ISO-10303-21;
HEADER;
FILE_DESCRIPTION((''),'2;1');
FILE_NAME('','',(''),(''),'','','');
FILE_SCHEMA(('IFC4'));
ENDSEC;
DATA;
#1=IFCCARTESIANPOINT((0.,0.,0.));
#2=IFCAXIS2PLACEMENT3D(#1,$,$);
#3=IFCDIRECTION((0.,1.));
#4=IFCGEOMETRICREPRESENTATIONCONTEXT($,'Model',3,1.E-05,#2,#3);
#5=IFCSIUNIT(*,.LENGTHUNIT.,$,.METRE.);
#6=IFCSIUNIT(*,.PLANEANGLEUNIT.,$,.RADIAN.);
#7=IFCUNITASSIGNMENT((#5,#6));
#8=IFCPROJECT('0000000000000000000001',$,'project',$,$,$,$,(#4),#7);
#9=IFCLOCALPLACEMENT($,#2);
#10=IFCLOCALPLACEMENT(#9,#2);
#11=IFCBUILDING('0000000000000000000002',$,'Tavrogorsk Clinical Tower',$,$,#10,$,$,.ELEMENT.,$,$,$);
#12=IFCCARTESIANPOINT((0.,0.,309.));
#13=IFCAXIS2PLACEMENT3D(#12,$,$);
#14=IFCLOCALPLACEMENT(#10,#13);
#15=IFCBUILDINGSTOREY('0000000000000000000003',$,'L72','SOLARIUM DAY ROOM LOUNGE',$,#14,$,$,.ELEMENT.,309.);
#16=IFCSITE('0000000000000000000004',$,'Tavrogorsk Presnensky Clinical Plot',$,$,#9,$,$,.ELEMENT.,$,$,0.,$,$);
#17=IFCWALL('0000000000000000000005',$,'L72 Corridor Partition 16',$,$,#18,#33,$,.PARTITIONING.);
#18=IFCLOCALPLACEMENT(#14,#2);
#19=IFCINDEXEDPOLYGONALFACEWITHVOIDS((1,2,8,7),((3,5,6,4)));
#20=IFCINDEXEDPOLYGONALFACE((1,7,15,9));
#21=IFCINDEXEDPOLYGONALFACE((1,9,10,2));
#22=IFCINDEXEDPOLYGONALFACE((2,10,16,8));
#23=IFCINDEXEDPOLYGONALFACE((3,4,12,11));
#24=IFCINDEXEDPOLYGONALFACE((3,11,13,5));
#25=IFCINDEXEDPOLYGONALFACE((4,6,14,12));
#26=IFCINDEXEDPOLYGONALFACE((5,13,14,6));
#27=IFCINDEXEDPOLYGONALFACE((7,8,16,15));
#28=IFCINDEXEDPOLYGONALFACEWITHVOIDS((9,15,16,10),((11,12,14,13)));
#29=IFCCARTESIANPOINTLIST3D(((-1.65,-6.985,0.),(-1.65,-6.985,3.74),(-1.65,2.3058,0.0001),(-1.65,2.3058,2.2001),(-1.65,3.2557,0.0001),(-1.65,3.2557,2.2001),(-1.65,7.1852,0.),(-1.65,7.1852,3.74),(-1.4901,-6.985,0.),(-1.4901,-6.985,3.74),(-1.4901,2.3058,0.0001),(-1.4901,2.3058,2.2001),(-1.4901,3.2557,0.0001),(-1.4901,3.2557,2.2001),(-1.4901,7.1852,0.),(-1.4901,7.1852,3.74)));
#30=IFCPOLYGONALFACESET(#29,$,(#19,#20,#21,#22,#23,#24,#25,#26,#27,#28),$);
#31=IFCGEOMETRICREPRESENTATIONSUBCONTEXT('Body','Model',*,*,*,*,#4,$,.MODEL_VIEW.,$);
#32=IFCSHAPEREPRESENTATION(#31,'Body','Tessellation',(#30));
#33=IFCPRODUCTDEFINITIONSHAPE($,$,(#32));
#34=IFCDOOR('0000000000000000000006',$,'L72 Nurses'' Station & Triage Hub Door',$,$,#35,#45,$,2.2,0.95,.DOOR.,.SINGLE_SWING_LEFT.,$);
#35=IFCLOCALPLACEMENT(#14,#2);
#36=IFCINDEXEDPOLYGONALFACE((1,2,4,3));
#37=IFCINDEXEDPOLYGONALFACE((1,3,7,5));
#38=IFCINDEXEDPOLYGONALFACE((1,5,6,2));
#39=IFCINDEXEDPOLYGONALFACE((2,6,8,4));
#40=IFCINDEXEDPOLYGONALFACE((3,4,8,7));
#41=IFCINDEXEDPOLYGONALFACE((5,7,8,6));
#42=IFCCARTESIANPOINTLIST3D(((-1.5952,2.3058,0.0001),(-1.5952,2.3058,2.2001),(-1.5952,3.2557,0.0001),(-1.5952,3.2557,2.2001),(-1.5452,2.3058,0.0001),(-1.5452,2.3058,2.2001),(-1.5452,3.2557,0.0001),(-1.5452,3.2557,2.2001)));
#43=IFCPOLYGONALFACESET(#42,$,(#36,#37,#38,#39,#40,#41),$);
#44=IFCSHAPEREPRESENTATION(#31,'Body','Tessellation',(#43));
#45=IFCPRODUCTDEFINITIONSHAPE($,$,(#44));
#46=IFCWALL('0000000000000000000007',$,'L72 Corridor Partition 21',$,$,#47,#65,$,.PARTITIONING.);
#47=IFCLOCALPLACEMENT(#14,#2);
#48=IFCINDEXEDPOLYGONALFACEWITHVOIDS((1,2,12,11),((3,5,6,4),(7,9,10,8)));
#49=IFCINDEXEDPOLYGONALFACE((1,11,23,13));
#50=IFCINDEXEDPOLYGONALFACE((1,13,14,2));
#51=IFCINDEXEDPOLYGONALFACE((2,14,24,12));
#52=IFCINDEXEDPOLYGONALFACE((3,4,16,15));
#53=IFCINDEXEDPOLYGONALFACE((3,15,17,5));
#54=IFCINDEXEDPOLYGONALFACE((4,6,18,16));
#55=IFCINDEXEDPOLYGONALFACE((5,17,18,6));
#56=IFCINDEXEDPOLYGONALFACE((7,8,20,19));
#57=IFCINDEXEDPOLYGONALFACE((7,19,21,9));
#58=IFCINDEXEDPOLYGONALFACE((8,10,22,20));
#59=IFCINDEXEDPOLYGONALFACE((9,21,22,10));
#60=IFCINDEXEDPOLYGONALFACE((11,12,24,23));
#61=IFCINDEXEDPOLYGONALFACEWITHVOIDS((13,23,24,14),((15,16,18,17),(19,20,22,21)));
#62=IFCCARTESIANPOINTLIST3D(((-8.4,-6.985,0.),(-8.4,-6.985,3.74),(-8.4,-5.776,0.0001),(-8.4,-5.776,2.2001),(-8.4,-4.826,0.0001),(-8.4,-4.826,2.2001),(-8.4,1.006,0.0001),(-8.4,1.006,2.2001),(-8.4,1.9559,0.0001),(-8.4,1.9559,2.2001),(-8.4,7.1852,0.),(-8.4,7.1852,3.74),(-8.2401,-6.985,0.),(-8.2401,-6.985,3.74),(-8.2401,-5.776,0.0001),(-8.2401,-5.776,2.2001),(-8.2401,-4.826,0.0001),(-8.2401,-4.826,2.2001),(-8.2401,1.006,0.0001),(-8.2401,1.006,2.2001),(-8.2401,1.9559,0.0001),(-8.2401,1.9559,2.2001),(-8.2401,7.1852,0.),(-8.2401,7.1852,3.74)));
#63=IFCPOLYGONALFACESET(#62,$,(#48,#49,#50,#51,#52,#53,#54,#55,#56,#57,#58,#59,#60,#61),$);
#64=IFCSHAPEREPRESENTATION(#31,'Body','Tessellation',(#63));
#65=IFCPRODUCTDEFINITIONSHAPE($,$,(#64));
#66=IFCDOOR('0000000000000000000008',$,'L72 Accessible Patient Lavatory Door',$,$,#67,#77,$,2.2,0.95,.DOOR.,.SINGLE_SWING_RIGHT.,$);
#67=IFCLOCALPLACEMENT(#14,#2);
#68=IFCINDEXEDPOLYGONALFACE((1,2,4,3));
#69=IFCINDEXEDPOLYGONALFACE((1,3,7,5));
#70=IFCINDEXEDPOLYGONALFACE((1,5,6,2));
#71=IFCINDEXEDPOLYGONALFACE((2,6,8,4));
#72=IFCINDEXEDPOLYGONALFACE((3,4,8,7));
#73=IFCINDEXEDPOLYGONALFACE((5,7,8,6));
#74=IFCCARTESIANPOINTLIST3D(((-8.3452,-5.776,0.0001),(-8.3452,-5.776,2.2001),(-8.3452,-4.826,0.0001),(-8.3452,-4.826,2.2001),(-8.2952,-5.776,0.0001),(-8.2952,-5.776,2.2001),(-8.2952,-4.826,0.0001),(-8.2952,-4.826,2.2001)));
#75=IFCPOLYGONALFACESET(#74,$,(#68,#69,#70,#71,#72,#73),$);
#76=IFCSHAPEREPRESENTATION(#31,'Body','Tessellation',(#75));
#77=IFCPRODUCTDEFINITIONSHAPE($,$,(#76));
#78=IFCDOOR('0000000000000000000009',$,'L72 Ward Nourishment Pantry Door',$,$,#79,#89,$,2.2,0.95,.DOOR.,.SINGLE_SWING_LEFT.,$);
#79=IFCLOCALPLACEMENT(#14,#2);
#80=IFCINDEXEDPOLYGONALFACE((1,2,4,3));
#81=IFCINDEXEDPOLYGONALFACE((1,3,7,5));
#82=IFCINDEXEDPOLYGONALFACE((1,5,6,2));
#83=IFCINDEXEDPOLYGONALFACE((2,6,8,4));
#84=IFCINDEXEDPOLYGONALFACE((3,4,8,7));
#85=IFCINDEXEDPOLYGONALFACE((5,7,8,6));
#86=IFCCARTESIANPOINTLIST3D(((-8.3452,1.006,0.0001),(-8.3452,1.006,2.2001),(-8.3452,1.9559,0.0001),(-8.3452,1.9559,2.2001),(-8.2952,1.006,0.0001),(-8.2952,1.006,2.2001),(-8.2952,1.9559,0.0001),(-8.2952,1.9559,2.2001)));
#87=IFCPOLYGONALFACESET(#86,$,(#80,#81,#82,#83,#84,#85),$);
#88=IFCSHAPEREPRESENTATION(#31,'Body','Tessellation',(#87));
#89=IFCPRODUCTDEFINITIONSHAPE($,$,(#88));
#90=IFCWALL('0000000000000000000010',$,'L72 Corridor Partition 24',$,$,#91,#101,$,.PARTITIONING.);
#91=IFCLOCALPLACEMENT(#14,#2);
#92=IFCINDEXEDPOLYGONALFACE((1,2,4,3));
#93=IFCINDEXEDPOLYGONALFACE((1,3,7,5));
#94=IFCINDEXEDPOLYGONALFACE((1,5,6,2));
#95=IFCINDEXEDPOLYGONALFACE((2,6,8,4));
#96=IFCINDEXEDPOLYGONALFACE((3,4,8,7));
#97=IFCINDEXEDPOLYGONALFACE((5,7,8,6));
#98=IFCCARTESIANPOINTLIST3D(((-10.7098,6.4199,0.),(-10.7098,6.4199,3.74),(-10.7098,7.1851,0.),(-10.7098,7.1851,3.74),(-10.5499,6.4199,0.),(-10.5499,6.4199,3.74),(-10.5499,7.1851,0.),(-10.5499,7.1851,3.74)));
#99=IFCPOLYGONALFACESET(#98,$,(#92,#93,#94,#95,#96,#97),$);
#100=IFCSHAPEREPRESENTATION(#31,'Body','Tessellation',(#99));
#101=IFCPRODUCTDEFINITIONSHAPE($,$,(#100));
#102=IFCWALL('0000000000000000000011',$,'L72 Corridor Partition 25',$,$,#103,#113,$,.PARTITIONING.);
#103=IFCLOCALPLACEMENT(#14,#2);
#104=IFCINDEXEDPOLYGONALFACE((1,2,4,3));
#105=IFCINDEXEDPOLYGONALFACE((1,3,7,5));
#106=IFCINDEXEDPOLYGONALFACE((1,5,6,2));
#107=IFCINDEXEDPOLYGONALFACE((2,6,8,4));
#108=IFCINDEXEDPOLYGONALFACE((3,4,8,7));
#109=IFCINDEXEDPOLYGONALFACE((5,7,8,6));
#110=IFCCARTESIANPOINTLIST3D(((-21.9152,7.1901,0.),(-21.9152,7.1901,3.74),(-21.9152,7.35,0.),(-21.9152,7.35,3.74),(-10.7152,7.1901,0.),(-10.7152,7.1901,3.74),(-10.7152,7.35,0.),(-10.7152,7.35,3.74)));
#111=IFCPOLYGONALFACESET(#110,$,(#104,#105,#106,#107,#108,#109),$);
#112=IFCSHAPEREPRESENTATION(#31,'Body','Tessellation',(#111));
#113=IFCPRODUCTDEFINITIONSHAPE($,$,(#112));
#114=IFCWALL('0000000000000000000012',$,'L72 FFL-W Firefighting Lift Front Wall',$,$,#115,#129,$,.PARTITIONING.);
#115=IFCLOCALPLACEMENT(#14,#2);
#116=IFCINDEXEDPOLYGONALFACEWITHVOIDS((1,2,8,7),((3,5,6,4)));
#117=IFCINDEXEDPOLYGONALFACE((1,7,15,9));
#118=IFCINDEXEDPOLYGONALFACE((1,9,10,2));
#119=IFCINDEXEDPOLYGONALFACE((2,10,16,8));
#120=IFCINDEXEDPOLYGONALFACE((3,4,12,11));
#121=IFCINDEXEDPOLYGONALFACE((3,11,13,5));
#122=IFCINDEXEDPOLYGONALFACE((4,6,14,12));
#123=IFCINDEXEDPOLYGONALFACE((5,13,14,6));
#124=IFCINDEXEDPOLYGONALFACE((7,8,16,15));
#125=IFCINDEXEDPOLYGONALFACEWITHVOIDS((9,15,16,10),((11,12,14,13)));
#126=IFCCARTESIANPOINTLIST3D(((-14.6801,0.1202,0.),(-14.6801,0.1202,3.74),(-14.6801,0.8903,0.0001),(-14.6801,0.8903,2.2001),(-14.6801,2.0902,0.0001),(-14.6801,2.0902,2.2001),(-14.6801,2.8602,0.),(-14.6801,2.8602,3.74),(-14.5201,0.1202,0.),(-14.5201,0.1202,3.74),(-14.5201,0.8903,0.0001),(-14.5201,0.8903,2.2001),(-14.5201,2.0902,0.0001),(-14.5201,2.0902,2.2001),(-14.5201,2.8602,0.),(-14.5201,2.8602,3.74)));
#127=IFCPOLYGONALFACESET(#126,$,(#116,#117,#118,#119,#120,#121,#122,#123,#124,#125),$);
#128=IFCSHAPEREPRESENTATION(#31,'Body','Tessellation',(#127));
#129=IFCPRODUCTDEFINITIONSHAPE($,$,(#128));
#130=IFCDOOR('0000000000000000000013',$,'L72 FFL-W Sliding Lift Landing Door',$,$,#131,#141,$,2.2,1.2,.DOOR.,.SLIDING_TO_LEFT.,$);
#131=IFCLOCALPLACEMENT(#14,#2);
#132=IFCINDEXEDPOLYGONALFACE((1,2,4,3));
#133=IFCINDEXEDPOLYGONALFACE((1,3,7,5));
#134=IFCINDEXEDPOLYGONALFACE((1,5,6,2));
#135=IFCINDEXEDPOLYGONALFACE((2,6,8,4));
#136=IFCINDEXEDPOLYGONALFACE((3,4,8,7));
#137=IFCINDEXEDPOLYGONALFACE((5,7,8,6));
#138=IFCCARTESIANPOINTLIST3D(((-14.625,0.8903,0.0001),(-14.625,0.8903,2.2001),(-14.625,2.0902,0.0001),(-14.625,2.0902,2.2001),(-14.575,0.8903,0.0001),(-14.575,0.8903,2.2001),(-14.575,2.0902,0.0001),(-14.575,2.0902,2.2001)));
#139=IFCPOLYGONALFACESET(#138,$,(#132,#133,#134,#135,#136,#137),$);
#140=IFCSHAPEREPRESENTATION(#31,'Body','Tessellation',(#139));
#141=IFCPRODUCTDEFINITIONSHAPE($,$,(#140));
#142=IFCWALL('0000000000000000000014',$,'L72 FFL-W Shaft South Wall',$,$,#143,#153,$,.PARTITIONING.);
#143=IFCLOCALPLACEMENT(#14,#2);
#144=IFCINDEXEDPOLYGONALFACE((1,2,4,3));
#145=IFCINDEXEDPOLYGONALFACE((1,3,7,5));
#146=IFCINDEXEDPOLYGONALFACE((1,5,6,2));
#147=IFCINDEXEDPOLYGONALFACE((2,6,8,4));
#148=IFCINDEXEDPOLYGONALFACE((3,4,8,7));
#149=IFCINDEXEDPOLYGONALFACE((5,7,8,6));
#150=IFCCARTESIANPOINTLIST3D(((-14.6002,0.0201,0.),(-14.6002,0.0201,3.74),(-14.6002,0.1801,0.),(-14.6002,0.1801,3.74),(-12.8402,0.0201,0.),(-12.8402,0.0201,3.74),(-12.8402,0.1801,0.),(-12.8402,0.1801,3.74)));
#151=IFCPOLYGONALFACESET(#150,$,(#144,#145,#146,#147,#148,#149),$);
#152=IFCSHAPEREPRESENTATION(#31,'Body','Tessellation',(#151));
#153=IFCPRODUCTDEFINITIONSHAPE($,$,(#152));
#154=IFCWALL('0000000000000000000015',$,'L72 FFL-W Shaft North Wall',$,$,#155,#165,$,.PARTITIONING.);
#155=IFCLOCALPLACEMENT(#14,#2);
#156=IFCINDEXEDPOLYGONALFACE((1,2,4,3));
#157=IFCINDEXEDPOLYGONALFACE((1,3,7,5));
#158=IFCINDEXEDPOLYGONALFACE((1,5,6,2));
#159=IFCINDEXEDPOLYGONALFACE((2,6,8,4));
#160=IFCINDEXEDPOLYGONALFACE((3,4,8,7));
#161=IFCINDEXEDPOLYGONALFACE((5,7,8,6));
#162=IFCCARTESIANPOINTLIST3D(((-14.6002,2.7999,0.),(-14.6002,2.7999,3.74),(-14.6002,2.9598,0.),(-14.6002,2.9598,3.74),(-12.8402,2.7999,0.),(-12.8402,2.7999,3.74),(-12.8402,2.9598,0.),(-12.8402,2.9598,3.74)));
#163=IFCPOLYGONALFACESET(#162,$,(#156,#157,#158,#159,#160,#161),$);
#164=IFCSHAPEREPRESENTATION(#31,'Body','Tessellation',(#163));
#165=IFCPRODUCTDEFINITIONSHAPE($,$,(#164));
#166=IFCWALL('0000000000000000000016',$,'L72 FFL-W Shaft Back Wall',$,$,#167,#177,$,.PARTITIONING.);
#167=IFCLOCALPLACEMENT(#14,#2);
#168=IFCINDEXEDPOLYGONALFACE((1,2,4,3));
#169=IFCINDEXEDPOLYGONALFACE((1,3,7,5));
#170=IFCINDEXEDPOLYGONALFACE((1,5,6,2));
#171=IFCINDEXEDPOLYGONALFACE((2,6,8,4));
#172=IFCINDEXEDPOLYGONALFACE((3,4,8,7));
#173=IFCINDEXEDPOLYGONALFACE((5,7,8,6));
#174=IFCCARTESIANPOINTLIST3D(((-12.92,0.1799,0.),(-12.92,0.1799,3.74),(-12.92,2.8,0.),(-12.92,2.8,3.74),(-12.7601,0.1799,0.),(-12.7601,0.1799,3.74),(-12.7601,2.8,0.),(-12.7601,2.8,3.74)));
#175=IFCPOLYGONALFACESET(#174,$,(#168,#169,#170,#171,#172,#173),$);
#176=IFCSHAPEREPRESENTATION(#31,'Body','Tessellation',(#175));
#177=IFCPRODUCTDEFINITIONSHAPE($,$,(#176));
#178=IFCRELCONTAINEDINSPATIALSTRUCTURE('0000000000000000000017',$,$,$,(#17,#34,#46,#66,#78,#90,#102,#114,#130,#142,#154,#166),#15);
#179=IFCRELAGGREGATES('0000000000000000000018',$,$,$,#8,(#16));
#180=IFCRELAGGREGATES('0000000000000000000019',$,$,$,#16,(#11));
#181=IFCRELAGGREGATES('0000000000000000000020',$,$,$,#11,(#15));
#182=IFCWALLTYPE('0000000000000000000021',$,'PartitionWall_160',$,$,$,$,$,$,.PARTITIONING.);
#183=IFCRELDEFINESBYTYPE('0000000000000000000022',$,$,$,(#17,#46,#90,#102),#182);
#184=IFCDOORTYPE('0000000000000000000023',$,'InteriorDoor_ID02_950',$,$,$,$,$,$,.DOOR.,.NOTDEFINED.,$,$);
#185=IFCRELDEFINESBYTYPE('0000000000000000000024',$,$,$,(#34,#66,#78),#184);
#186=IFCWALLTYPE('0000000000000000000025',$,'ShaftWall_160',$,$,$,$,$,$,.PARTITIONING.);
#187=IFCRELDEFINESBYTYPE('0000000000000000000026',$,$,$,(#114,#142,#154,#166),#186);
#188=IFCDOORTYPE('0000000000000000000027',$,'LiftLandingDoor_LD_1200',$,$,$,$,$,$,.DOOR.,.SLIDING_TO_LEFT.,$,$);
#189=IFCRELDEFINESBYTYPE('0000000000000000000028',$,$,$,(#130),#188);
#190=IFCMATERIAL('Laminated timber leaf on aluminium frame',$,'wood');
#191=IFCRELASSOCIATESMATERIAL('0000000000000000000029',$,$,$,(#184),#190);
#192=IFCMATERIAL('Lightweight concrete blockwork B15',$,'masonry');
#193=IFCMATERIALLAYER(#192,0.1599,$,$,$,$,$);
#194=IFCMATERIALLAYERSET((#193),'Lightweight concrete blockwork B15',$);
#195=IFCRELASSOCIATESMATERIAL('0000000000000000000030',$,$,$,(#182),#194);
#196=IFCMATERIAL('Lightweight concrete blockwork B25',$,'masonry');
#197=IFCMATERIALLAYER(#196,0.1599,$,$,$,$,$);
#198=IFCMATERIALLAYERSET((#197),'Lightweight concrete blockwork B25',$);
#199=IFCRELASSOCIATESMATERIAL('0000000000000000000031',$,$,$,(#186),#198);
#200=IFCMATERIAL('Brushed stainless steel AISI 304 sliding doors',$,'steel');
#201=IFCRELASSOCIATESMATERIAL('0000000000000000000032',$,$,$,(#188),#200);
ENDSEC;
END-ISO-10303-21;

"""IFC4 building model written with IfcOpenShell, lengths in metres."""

from ifc_helpers import new_model, si_unit, direction, frame, frame_2d, origin, place, context, subcontext, project, spatial, rectangle, extrude, material, layer, layer_set, type_object, element, fill, save


model = new_model("IFC4")

# Units and contexts
model_context = context("Model", 3, precision=1e-05, world=origin(), true_north=direction((0.0, 1.0)))
body_context = subcontext(model_context, "Body", "Model", "MODEL_VIEW")
ifc_project = project(units=[si_unit("LENGTHUNIT", "METRE"), si_unit("PLANEANGLEUNIT", "RADIAN")], contexts=[model_context])

# Site, building, storey
site_placement = place(None, origin())
site = spatial("IfcSite", under=ifc_project, at=site_placement, Name="Tavrogorsk Presnensky Clinical Plot", CompositionType="ELEMENT", RefElevation=0.0)
building_placement = place(site_placement, origin())
building = spatial("IfcBuilding", under=site, at=building_placement, Name="Tavrogorsk Clinical Tower", CompositionType="ELEMENT")
storey_placement = place(building_placement, frame((0.0, 0.0, 309.0)))
storey = spatial("IfcBuildingStorey", under=building, at=storey_placement, Name="L72", Description="SOLARIUM DAY ROOM LOUNGE", CompositionType="ELEMENT", Elevation=309.0)

# Wall, opening, door
ifc_material_1 = material(Name="Laminated timber leaf on aluminium frame", Category="wood")
door_type_1 = type_object("IfcDoorType", Name="InteriorDoor_ID02_950", OperationType="NOTDEFINED", PredefinedType="DOOR", material=ifc_material_1)
ifc_material_2 = material(Name="Lightweight concrete blockwork B15", Category="masonry")
ifc_layer_1 = layer(ifc_material_2, 0.1599)
ifc_layer_set_1 = layer_set([ifc_layer_1], Name="Lightweight concrete blockwork B15")
wall_type_1 = type_object("IfcWallType", Name="PartitionWall_160", PredefinedType="PARTITIONING", material=ifc_layer_set_1)
wall_1_placement = place(storey_placement, frame((-1.5701, 7.1851, 0.0), z_axis=(0.0, 0.0, 1.0), x_axis=(0.0, -1.0, 0.0)))
wall_1 = element("IfcWall", 1, at=wall_1_placement, inside=storey, type_object=wall_type_1, Name="L72 Corridor Partition 16", PredefinedType="PARTITIONING", context=body_context, shape_type="SweptSolid", body=[
    extrude(rectangle(XDim=14.1702, YDim=0.1599, at=frame_2d((7.085, 0.0))), origin(), (0.0, 0.0, 1.0), 3.74),
])
opening_1_placement = place(wall_1_placement, frame((3.9292, 0.0, 0.0)))
opening_1 = element("IfcOpeningElement", 2, at=opening_1_placement, cuts=wall_1, PredefinedType="OPENING", context=body_context, shape_type="SweptSolid", body=[
    extrude(rectangle(XDim=0.95, YDim=2.2, at=frame_2d((0.4751, 1.1001))), frame((0.0, 0.0898, 0.0), z_axis=(0.0, -1.0, 0.0), x_axis=(1.0, 0.0, 0.0)), (0.0, 0.0, 1.0), 0.1799),
])
door_1_placement = place(opening_1_placement, origin())
door_1 = element("IfcDoor", 3, at=door_1_placement, inside=storey, type_object=door_type_1, Name="L72 Nurses' Station & Triage Hub Door", OperationType="SINGLE_SWING_LEFT", OverallHeight=2.2, OverallWidth=0.95, PredefinedType="DOOR", context=body_context, shape_type="SweptSolid", body=[
    extrude(rectangle(XDim=0.95, YDim=2.2, at=frame_2d((0.4751, 1.1001))), frame((0.0, 0.0249, 0.0), z_axis=(0.0, -1.0, 0.0), x_axis=(1.0, 0.0, 0.0)), (0.0, 0.0, 1.0), 0.05),
])
fill(opening_1, door_1)

# Wall, openings, doors
wall_2_placement = place(storey_placement, frame((-8.3201, 7.1851, 0.0), z_axis=(0.0, 0.0, 1.0), x_axis=(0.0, -1.0, 0.0)))
wall_2 = element("IfcWall", 4, at=wall_2_placement, inside=storey, type_object=wall_type_1, Name="L72 Corridor Partition 21", PredefinedType="PARTITIONING", context=body_context, shape_type="SweptSolid", body=[
    extrude(rectangle(XDim=14.1702, YDim=0.1599, at=frame_2d((7.085, 0.0))), origin(), (0.0, 0.0, 1.0), 3.74),
])
opening_2_placement = place(wall_2_placement, frame((12.011, 0.0, 0.0)))
opening_2 = element("IfcOpeningElement", 5, at=opening_2_placement, cuts=wall_2, PredefinedType="OPENING", context=body_context, shape_type="SweptSolid", body=[
    extrude(rectangle(XDim=0.95, YDim=2.2, at=frame_2d((0.4751, 1.1001))), frame((0.0, 0.0898, 0.0), z_axis=(0.0, -1.0, 0.0), x_axis=(1.0, 0.0, 0.0)), (0.0, 0.0, 1.0), 0.1799),
])
opening_3_placement = place(wall_2_placement, frame((5.229, 0.0, 0.0)))
opening_3 = element("IfcOpeningElement", 6, at=opening_3_placement, cuts=wall_2, PredefinedType="OPENING", context=body_context, shape_type="SweptSolid", body=[
    extrude(rectangle(XDim=0.95, YDim=2.2, at=frame_2d((0.4751, 1.1001))), frame((0.0, 0.0898, 0.0), z_axis=(0.0, -1.0, 0.0), x_axis=(1.0, 0.0, 0.0)), (0.0, 0.0, 1.0), 0.1799),
])
door_2_placement = place(opening_2_placement, origin())
door_2 = element("IfcDoor", 7, at=door_2_placement, inside=storey, type_object=door_type_1, Name="L72 Accessible Patient Lavatory Door", OperationType="SINGLE_SWING_RIGHT", OverallHeight=2.2, OverallWidth=0.95, PredefinedType="DOOR", context=body_context, shape_type="SweptSolid", body=[
    extrude(rectangle(XDim=0.95, YDim=2.2, at=frame_2d((0.4751, 1.1001))), frame((0.0, 0.0249, 0.0), z_axis=(0.0, -1.0, 0.0), x_axis=(1.0, 0.0, 0.0)), (0.0, 0.0, 1.0), 0.05),
])
fill(opening_2, door_2)
door_3_placement = place(opening_3_placement, origin())
door_3 = element("IfcDoor", 8, at=door_3_placement, inside=storey, type_object=door_type_1, Name="L72 Ward Nourishment Pantry Door", OperationType="SINGLE_SWING_LEFT", OverallHeight=2.2, OverallWidth=0.95, PredefinedType="DOOR", context=body_context, shape_type="SweptSolid", body=[
    extrude(rectangle(XDim=0.95, YDim=2.2, at=frame_2d((0.4751, 1.1001))), frame((0.0, 0.0249, 0.0), z_axis=(0.0, -1.0, 0.0), x_axis=(1.0, 0.0, 0.0)), (0.0, 0.0, 1.0), 0.05),
])
fill(opening_3, door_3)

# Walls
wall_3_placement = place(storey_placement, frame((-10.6299, 6.4199, 0.0), z_axis=(0.0, 0.0, 1.0), x_axis=(0.0, 1.0, 0.0)))
element("IfcWall", 9, at=wall_3_placement, inside=storey, type_object=wall_type_1, Name="L72 Corridor Partition 24", PredefinedType="PARTITIONING", context=body_context, shape_type="SweptSolid", body=[
    extrude(rectangle(XDim=0.7651, YDim=0.1599, at=frame_2d((0.3826, 0.0))), origin(), (0.0, 0.0, 1.0), 3.74),
])
wall_4_placement = place(storey_placement, frame((-10.7151, 7.27, 0.0), z_axis=(0.0, 0.0, 1.0), x_axis=(-1.0, 0.0, 0.0)))
element("IfcWall", 10, at=wall_4_placement, inside=storey, type_object=wall_type_1, Name="L72 Corridor Partition 25", PredefinedType="PARTITIONING", context=body_context, shape_type="SweptSolid", body=[
    extrude(rectangle(XDim=11.2, YDim=0.1599, at=frame_2d((5.6001, 0.0))), origin(), (0.0, 0.0, 1.0), 3.74),
])

# Wall, opening, door
ifc_material_3 = material(Name="Lightweight concrete blockwork B25", Category="masonry")
ifc_layer_2 = layer(ifc_material_3, 0.1599)
ifc_layer_set_2 = layer_set([ifc_layer_2], Name="Lightweight concrete blockwork B25")
wall_type_2 = type_object("IfcWallType", Name="ShaftWall_160", PredefinedType="PARTITIONING", material=ifc_layer_set_2)
wall_5_placement = place(storey_placement, frame((-14.6001, 0.1201, 0.0), z_axis=(0.0, 0.0, 1.0), x_axis=(0.0, 1.0, 0.0)))
wall_5 = element("IfcWall", 11, at=wall_5_placement, inside=storey, type_object=wall_type_2, Name="L72 FFL-W Firefighting Lift Front Wall", PredefinedType="PARTITIONING", context=body_context, shape_type="SweptSolid", body=[
    extrude(rectangle(XDim=2.74, YDim=0.1599, at=frame_2d((1.3701, 0.0))), origin(), (0.0, 0.0, 1.0), 3.74),
])
opening_4_placement = place(wall_5_placement, frame((0.77, 0.0, 0.0)))
opening_4 = element("IfcOpeningElement", 12, at=opening_4_placement, cuts=wall_5, PredefinedType="OPENING", context=body_context, shape_type="SweptSolid", body=[
    extrude(rectangle(XDim=1.2, YDim=2.2, at=frame_2d((0.6001, 1.1001))), frame((0.0, 0.0898, 0.0), z_axis=(0.0, -1.0, 0.0), x_axis=(1.0, 0.0, 0.0)), (0.0, 0.0, 1.0), 0.1799),
])
ifc_material_4 = material(Name="Brushed stainless steel AISI 304 sliding doors", Category="steel")
door_type_2 = type_object("IfcDoorType", Name="LiftLandingDoor_LD_1200", OperationType="SLIDING_TO_LEFT", PredefinedType="DOOR", material=ifc_material_4)
door_4_placement = place(opening_4_placement, origin())
door_4 = element("IfcDoor", 13, at=door_4_placement, inside=storey, type_object=door_type_2, Name="L72 FFL-W Sliding Lift Landing Door", OperationType="SLIDING_TO_LEFT", OverallHeight=2.2, OverallWidth=1.2, PredefinedType="DOOR", context=body_context, shape_type="SweptSolid", body=[
    extrude(rectangle(XDim=1.2, YDim=2.2, at=frame_2d((0.6001, 1.1001))), frame((0.0, 0.0249, 0.0), z_axis=(0.0, -1.0, 0.0), x_axis=(1.0, 0.0, 0.0)), (0.0, 0.0, 1.0), 0.05),
])
fill(opening_4, door_4)

# Walls
for number, where, z_axis, x_axis, name in (
    (14, (-14.6001, 0.1001, 0.0), (0.0, 0.0, 1.0), (1.0, 0.0, 0.0), "L72 FFL-W Shaft South Wall"),
    (15, (-14.6001, 2.8799, 0.0), (0.0, 0.0, 1.0), (1.0, 0.0, 0.0), "L72 FFL-W Shaft North Wall"),
):
    element("IfcWall", number, at=place(storey_placement, frame(where, z_axis=z_axis, x_axis=x_axis)), inside=storey, type_object=wall_type_2, Name=name, PredefinedType="PARTITIONING", context=body_context, shape_type="SweptSolid", body=[
        extrude(rectangle(XDim=1.76, YDim=0.1599, at=frame_2d((0.8799, 0.0))), origin(), (0.0, 0.0, 1.0), 3.74),
    ])
wall_6_placement = place(storey_placement, frame((-12.8401, 0.1799, 0.0), z_axis=(0.0, 0.0, 1.0), x_axis=(0.0, 1.0, 0.0)))
element("IfcWall", 16, at=wall_6_placement, inside=storey, type_object=wall_type_2, Name="L72 FFL-W Shaft Back Wall", PredefinedType="PARTITIONING", context=body_context, shape_type="SweptSolid", body=[
    extrude(rectangle(XDim=2.6201, YDim=0.1599, at=frame_2d((1.3101, 0.0))), origin(), (0.0, 0.0, 1.0), 3.74),
])

save(model, "model.ifc")
